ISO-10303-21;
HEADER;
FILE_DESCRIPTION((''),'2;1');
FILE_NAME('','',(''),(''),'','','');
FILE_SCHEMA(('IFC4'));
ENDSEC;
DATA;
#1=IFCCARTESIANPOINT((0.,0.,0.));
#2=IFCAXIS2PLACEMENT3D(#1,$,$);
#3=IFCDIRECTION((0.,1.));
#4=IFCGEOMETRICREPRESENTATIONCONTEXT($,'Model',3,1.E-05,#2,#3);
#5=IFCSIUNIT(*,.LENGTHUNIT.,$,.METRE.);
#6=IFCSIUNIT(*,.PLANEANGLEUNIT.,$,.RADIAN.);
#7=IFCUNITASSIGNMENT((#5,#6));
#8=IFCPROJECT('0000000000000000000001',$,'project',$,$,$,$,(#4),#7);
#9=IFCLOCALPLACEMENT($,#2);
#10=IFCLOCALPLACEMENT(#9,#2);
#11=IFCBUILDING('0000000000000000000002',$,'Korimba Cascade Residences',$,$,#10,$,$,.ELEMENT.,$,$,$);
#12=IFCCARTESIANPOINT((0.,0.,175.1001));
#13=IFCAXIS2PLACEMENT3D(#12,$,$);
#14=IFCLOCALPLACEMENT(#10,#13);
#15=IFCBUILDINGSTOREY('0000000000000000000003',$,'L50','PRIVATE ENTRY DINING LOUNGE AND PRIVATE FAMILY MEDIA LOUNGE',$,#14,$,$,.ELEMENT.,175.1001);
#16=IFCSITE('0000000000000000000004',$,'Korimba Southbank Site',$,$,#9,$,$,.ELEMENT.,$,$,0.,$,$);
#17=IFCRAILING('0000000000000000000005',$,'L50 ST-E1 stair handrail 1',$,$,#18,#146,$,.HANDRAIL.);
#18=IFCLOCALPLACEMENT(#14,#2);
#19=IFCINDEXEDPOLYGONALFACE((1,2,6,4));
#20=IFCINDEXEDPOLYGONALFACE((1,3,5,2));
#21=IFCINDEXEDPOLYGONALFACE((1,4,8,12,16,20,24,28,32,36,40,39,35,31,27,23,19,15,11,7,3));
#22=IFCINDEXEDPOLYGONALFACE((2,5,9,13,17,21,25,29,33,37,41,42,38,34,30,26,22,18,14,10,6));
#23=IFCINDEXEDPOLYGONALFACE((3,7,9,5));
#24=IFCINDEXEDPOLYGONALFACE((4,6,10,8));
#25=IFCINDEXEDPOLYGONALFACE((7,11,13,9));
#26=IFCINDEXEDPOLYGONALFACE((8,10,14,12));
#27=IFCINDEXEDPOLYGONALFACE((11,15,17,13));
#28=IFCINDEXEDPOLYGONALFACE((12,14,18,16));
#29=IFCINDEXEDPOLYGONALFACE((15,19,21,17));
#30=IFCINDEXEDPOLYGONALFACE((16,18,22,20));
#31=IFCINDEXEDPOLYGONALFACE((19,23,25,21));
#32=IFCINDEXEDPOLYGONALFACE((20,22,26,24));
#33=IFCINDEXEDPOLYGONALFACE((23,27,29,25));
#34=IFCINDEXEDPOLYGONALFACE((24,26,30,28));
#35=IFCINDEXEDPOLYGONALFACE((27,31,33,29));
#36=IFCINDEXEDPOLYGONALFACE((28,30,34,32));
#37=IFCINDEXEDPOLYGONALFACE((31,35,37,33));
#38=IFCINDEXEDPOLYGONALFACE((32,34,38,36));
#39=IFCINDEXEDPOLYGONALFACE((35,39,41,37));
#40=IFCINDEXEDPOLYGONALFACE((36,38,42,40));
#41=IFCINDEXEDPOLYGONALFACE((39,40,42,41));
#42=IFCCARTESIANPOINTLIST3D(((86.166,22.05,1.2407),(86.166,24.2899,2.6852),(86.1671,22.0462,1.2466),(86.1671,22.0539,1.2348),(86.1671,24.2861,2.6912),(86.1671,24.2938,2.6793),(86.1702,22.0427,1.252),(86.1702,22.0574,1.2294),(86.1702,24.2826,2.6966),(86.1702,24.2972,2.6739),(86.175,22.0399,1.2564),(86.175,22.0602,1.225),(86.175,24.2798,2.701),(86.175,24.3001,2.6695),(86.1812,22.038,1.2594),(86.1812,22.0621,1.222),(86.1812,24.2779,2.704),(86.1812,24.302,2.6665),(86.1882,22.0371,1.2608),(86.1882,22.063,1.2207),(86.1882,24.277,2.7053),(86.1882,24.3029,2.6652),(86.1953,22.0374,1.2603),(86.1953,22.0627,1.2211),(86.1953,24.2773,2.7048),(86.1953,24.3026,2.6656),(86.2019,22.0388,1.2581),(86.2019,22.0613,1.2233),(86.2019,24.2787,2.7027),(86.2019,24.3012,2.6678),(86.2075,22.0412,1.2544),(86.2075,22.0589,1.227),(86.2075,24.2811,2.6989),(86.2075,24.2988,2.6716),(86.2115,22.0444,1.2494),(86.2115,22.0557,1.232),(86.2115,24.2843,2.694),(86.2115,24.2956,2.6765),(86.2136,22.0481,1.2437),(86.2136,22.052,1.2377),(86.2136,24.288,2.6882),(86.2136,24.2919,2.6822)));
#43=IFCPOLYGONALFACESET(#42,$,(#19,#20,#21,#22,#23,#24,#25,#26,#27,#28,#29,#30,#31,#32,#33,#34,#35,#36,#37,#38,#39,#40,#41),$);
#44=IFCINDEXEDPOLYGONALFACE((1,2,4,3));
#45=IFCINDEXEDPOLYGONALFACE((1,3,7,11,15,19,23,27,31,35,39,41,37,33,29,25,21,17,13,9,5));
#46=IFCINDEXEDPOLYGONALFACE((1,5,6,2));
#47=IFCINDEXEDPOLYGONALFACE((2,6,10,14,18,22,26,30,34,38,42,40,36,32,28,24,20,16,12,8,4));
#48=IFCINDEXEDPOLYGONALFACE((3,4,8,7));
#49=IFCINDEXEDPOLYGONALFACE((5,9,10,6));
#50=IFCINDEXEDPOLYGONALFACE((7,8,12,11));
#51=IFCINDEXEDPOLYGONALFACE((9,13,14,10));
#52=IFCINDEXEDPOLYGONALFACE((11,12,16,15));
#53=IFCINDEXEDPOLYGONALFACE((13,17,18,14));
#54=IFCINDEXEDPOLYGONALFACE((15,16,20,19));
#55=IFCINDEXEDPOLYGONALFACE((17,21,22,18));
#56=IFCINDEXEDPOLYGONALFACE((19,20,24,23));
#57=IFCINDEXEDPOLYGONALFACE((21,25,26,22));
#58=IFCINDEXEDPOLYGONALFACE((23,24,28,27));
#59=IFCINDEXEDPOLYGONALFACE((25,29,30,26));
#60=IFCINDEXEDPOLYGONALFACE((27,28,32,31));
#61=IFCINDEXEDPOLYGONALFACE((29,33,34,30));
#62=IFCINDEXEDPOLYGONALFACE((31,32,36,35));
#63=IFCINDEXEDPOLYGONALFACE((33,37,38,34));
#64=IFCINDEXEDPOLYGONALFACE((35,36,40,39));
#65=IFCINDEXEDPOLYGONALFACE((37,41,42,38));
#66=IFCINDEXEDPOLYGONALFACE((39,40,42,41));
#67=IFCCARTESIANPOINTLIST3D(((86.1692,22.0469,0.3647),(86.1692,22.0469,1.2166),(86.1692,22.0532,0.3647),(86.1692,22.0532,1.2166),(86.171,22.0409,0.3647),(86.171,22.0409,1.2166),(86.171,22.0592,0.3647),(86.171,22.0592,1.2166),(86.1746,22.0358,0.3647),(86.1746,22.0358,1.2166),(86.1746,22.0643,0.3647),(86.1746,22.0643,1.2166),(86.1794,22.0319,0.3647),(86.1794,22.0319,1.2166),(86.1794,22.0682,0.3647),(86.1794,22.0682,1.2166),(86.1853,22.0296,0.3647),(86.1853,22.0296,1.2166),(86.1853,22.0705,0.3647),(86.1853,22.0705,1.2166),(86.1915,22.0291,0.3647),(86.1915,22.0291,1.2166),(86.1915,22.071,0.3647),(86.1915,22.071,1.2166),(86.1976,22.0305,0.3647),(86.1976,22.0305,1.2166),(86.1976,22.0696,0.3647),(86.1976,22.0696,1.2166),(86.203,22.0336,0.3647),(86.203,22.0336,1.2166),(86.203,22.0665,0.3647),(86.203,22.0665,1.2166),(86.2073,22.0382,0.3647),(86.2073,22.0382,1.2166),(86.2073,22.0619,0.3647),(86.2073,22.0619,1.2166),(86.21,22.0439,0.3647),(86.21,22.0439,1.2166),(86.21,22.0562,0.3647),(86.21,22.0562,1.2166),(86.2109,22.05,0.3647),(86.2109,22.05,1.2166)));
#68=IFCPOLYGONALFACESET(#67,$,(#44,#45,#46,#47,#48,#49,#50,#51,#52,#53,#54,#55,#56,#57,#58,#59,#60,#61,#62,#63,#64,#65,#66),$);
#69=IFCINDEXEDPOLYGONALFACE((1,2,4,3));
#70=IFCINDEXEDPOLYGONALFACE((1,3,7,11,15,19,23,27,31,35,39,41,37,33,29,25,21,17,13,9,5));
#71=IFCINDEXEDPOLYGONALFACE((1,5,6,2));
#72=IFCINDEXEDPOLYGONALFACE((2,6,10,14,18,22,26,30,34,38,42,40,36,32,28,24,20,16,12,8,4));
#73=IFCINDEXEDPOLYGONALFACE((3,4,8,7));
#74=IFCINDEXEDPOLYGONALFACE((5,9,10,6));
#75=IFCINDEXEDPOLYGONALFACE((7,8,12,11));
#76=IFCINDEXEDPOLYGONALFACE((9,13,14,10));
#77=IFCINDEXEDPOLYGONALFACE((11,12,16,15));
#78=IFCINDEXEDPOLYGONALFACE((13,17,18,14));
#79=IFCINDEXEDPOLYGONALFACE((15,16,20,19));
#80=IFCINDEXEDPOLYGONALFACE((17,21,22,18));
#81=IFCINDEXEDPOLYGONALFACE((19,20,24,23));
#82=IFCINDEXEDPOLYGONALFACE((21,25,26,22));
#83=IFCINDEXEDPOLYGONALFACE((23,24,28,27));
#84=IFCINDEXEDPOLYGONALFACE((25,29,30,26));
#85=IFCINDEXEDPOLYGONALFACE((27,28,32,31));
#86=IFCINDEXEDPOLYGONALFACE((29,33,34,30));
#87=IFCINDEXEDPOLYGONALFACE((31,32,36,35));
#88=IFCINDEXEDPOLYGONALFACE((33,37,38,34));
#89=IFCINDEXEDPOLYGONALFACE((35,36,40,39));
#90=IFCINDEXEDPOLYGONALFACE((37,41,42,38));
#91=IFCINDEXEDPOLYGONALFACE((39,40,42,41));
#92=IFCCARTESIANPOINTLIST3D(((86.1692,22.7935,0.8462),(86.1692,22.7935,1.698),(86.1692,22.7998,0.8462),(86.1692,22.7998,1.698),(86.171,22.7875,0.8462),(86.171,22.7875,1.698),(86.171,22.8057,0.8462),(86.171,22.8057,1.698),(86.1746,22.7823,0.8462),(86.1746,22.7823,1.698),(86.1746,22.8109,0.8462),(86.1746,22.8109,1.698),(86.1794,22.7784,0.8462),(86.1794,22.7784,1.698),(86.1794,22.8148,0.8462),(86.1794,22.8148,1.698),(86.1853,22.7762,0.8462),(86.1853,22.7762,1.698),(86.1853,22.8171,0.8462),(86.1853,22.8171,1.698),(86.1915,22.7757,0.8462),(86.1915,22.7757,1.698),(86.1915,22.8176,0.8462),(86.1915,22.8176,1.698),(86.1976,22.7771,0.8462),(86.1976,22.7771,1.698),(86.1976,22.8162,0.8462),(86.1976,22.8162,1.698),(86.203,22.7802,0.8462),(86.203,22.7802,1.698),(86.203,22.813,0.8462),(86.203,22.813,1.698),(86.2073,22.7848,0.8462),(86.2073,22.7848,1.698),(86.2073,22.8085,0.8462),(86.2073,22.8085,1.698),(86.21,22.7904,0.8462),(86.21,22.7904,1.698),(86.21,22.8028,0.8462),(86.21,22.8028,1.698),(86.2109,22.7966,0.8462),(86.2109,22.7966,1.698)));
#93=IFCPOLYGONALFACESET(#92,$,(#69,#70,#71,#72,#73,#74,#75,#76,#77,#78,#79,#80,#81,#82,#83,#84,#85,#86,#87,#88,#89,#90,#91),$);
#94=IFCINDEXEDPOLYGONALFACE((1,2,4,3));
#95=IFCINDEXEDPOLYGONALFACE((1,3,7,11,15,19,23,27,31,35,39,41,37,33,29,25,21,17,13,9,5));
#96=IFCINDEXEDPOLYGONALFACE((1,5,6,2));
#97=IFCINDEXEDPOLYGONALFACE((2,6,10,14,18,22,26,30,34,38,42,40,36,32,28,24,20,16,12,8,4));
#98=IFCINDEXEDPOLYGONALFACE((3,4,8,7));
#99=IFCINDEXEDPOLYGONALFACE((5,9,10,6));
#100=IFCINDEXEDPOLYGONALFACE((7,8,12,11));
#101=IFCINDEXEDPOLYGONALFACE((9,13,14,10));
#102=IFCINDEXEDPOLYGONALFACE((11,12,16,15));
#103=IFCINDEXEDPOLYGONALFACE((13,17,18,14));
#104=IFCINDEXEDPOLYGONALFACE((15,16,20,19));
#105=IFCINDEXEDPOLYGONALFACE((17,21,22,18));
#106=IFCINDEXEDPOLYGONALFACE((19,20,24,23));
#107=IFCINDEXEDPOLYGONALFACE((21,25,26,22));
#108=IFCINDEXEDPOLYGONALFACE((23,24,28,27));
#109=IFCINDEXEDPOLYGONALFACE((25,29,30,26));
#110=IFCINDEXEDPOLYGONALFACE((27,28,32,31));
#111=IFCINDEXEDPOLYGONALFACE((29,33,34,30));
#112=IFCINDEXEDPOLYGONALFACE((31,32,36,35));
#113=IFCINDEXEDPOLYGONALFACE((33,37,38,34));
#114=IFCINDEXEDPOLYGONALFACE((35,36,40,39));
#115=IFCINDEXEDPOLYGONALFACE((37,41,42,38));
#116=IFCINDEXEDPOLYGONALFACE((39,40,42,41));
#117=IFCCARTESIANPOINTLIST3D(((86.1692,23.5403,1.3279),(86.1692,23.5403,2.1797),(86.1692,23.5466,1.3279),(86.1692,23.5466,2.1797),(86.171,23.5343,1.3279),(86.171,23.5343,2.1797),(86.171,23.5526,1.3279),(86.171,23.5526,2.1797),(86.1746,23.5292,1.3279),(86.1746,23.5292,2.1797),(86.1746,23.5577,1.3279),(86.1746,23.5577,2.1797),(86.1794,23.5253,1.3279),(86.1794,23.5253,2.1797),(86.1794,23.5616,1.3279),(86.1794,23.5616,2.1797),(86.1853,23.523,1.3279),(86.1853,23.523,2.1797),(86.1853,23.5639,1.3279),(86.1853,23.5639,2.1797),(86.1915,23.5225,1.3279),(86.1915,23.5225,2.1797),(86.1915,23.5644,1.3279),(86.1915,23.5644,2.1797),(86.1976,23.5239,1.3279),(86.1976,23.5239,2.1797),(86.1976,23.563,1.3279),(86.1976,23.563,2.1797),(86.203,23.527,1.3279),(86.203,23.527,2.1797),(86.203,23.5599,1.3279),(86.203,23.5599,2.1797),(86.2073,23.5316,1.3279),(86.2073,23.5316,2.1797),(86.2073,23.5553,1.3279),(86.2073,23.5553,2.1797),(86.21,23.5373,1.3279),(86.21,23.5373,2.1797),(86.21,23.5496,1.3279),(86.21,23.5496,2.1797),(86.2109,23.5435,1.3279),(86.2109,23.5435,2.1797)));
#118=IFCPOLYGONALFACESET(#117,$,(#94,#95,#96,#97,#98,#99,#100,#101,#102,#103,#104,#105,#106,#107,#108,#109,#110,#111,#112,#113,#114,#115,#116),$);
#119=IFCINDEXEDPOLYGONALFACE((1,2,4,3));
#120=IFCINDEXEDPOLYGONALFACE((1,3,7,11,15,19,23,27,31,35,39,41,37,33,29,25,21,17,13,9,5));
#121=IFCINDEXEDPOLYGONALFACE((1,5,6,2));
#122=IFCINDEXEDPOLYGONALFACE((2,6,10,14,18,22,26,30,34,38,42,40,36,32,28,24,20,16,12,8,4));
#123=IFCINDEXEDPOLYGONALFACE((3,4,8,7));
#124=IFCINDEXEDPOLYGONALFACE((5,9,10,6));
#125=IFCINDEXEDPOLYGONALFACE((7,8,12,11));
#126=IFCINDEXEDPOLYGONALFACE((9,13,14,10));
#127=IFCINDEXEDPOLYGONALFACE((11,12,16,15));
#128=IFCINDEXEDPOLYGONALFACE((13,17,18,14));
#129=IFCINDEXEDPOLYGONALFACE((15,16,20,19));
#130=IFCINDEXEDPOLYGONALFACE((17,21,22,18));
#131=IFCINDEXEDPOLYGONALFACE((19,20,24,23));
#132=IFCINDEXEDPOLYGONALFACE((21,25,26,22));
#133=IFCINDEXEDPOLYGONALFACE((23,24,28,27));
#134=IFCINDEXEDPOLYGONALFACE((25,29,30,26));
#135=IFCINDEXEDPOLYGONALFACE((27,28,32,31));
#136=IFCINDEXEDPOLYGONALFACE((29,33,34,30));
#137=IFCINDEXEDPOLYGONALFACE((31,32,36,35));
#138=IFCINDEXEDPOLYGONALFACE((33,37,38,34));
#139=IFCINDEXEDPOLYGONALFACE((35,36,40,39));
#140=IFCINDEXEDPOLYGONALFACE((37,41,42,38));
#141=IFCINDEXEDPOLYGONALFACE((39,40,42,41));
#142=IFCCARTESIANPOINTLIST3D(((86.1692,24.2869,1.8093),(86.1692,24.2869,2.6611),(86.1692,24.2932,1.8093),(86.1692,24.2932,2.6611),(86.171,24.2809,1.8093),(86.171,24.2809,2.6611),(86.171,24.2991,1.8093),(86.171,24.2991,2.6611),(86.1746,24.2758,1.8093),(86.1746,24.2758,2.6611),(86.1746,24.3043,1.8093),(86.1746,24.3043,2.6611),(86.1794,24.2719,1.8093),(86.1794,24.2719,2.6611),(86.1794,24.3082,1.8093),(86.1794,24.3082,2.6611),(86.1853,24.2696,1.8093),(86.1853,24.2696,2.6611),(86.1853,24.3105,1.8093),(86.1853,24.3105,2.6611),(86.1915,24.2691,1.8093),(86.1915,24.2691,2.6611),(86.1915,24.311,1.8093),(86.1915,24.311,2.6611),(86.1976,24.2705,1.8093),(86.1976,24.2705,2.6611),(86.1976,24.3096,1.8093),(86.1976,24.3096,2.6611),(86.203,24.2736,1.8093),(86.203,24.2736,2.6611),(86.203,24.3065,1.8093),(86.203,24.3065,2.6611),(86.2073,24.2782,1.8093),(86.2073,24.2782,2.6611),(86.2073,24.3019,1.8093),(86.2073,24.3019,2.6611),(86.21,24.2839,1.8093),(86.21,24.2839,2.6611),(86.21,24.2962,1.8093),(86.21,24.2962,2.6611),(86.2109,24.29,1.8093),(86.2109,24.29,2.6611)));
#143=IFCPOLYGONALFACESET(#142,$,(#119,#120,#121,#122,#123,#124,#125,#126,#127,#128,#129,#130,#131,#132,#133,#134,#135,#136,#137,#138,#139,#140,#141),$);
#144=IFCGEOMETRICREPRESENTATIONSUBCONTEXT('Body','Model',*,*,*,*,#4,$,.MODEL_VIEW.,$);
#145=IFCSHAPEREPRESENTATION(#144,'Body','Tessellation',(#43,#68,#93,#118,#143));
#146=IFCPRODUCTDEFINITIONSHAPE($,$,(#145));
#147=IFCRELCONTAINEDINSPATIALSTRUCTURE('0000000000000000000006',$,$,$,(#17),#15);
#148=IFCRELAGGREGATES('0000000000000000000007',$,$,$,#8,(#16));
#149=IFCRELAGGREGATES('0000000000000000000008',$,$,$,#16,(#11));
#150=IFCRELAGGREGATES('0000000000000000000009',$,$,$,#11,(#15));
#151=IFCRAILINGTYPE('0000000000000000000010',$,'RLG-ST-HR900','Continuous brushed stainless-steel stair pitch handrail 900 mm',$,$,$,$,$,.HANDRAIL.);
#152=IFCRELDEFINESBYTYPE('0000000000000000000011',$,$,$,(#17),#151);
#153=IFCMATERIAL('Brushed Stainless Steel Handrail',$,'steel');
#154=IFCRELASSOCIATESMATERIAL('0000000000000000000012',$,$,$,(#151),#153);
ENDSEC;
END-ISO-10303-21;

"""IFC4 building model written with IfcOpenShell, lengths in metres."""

from ifc_helpers import new_model, si_unit, direction, frame, origin, origin_2d, place, context, subcontext, project, spatial, circle, extrude, material, type_object, element, save


model = new_model("IFC4")

# Units and contexts
model_context = context("Model", 3, precision=1e-05, world=origin(), true_north=direction((0.0, 1.0)))
body_context = subcontext(model_context, "Body", "Model", "MODEL_VIEW")
ifc_project = project(units=[si_unit("LENGTHUNIT", "METRE"), si_unit("PLANEANGLEUNIT", "RADIAN")], contexts=[model_context])

# Site, building, storey
site_placement = place(None, origin())
site = spatial("IfcSite", under=ifc_project, at=site_placement, Name="Korimba Southbank Site", CompositionType="ELEMENT", RefElevation=0.0)
building_placement = place(site_placement, origin())
building = spatial("IfcBuilding", under=site, at=building_placement, Name="Korimba Cascade Residences", CompositionType="ELEMENT")
storey_placement = place(building_placement, frame((0.0, 0.0, 175.1001)))
storey = spatial("IfcBuildingStorey", under=building, at=storey_placement, Name="L50", Description="PRIVATE ENTRY DINING LOUNGE AND PRIVATE FAMILY MEDIA LOUNGE", CompositionType="ELEMENT", Elevation=175.1001)

# Railing
ifc_material_1 = material(Name="Brushed Stainless Steel Handrail", Category="steel")
railing_type = type_object("IfcRailingType", Name="RLG-ST-HR900", Description="Continuous brushed stainless-steel stair pitch handrail 900 mm", PredefinedType="HANDRAIL", material=ifc_material_1)
railing_placement = place(storey_placement, frame((86.1899, 22.05, 0.3647)))
element("IfcRailing", 1, at=railing_placement, inside=storey, type_object=railing_type, Name="L50 ST-E1 stair handrail 1", PredefinedType="HANDRAIL", context=body_context, shape_type="SweptSolid", body=[
    extrude(circle(Radius=0.0239, at=origin_2d()), frame((0.0, 0.0, 0.876), z_axis=(0.0, 0.840395, 0.541975), x_axis=(-1.0, 0.0, 0.0)), (0.0, 0.0, 1.0), 2.6653),
    extrude(circle(Radius=0.021, at=origin_2d()), origin(), (0.0, 0.0, 1.0), 0.8518),
    extrude(circle(Radius=0.021, at=origin_2d()), frame((0.0, 0.7466, 0.4814)), (0.0, 0.0, 1.0), 0.8518),
    extrude(circle(Radius=0.021, at=origin_2d()), frame((0.0, 1.4934, 0.9631)), (0.0, 0.0, 1.0), 0.8518),
    extrude(circle(Radius=0.021, at=origin_2d()), frame((0.0, 2.24, 1.4446)), (0.0, 0.0, 1.0), 0.8518),
])

save(model, "model.ifc")
